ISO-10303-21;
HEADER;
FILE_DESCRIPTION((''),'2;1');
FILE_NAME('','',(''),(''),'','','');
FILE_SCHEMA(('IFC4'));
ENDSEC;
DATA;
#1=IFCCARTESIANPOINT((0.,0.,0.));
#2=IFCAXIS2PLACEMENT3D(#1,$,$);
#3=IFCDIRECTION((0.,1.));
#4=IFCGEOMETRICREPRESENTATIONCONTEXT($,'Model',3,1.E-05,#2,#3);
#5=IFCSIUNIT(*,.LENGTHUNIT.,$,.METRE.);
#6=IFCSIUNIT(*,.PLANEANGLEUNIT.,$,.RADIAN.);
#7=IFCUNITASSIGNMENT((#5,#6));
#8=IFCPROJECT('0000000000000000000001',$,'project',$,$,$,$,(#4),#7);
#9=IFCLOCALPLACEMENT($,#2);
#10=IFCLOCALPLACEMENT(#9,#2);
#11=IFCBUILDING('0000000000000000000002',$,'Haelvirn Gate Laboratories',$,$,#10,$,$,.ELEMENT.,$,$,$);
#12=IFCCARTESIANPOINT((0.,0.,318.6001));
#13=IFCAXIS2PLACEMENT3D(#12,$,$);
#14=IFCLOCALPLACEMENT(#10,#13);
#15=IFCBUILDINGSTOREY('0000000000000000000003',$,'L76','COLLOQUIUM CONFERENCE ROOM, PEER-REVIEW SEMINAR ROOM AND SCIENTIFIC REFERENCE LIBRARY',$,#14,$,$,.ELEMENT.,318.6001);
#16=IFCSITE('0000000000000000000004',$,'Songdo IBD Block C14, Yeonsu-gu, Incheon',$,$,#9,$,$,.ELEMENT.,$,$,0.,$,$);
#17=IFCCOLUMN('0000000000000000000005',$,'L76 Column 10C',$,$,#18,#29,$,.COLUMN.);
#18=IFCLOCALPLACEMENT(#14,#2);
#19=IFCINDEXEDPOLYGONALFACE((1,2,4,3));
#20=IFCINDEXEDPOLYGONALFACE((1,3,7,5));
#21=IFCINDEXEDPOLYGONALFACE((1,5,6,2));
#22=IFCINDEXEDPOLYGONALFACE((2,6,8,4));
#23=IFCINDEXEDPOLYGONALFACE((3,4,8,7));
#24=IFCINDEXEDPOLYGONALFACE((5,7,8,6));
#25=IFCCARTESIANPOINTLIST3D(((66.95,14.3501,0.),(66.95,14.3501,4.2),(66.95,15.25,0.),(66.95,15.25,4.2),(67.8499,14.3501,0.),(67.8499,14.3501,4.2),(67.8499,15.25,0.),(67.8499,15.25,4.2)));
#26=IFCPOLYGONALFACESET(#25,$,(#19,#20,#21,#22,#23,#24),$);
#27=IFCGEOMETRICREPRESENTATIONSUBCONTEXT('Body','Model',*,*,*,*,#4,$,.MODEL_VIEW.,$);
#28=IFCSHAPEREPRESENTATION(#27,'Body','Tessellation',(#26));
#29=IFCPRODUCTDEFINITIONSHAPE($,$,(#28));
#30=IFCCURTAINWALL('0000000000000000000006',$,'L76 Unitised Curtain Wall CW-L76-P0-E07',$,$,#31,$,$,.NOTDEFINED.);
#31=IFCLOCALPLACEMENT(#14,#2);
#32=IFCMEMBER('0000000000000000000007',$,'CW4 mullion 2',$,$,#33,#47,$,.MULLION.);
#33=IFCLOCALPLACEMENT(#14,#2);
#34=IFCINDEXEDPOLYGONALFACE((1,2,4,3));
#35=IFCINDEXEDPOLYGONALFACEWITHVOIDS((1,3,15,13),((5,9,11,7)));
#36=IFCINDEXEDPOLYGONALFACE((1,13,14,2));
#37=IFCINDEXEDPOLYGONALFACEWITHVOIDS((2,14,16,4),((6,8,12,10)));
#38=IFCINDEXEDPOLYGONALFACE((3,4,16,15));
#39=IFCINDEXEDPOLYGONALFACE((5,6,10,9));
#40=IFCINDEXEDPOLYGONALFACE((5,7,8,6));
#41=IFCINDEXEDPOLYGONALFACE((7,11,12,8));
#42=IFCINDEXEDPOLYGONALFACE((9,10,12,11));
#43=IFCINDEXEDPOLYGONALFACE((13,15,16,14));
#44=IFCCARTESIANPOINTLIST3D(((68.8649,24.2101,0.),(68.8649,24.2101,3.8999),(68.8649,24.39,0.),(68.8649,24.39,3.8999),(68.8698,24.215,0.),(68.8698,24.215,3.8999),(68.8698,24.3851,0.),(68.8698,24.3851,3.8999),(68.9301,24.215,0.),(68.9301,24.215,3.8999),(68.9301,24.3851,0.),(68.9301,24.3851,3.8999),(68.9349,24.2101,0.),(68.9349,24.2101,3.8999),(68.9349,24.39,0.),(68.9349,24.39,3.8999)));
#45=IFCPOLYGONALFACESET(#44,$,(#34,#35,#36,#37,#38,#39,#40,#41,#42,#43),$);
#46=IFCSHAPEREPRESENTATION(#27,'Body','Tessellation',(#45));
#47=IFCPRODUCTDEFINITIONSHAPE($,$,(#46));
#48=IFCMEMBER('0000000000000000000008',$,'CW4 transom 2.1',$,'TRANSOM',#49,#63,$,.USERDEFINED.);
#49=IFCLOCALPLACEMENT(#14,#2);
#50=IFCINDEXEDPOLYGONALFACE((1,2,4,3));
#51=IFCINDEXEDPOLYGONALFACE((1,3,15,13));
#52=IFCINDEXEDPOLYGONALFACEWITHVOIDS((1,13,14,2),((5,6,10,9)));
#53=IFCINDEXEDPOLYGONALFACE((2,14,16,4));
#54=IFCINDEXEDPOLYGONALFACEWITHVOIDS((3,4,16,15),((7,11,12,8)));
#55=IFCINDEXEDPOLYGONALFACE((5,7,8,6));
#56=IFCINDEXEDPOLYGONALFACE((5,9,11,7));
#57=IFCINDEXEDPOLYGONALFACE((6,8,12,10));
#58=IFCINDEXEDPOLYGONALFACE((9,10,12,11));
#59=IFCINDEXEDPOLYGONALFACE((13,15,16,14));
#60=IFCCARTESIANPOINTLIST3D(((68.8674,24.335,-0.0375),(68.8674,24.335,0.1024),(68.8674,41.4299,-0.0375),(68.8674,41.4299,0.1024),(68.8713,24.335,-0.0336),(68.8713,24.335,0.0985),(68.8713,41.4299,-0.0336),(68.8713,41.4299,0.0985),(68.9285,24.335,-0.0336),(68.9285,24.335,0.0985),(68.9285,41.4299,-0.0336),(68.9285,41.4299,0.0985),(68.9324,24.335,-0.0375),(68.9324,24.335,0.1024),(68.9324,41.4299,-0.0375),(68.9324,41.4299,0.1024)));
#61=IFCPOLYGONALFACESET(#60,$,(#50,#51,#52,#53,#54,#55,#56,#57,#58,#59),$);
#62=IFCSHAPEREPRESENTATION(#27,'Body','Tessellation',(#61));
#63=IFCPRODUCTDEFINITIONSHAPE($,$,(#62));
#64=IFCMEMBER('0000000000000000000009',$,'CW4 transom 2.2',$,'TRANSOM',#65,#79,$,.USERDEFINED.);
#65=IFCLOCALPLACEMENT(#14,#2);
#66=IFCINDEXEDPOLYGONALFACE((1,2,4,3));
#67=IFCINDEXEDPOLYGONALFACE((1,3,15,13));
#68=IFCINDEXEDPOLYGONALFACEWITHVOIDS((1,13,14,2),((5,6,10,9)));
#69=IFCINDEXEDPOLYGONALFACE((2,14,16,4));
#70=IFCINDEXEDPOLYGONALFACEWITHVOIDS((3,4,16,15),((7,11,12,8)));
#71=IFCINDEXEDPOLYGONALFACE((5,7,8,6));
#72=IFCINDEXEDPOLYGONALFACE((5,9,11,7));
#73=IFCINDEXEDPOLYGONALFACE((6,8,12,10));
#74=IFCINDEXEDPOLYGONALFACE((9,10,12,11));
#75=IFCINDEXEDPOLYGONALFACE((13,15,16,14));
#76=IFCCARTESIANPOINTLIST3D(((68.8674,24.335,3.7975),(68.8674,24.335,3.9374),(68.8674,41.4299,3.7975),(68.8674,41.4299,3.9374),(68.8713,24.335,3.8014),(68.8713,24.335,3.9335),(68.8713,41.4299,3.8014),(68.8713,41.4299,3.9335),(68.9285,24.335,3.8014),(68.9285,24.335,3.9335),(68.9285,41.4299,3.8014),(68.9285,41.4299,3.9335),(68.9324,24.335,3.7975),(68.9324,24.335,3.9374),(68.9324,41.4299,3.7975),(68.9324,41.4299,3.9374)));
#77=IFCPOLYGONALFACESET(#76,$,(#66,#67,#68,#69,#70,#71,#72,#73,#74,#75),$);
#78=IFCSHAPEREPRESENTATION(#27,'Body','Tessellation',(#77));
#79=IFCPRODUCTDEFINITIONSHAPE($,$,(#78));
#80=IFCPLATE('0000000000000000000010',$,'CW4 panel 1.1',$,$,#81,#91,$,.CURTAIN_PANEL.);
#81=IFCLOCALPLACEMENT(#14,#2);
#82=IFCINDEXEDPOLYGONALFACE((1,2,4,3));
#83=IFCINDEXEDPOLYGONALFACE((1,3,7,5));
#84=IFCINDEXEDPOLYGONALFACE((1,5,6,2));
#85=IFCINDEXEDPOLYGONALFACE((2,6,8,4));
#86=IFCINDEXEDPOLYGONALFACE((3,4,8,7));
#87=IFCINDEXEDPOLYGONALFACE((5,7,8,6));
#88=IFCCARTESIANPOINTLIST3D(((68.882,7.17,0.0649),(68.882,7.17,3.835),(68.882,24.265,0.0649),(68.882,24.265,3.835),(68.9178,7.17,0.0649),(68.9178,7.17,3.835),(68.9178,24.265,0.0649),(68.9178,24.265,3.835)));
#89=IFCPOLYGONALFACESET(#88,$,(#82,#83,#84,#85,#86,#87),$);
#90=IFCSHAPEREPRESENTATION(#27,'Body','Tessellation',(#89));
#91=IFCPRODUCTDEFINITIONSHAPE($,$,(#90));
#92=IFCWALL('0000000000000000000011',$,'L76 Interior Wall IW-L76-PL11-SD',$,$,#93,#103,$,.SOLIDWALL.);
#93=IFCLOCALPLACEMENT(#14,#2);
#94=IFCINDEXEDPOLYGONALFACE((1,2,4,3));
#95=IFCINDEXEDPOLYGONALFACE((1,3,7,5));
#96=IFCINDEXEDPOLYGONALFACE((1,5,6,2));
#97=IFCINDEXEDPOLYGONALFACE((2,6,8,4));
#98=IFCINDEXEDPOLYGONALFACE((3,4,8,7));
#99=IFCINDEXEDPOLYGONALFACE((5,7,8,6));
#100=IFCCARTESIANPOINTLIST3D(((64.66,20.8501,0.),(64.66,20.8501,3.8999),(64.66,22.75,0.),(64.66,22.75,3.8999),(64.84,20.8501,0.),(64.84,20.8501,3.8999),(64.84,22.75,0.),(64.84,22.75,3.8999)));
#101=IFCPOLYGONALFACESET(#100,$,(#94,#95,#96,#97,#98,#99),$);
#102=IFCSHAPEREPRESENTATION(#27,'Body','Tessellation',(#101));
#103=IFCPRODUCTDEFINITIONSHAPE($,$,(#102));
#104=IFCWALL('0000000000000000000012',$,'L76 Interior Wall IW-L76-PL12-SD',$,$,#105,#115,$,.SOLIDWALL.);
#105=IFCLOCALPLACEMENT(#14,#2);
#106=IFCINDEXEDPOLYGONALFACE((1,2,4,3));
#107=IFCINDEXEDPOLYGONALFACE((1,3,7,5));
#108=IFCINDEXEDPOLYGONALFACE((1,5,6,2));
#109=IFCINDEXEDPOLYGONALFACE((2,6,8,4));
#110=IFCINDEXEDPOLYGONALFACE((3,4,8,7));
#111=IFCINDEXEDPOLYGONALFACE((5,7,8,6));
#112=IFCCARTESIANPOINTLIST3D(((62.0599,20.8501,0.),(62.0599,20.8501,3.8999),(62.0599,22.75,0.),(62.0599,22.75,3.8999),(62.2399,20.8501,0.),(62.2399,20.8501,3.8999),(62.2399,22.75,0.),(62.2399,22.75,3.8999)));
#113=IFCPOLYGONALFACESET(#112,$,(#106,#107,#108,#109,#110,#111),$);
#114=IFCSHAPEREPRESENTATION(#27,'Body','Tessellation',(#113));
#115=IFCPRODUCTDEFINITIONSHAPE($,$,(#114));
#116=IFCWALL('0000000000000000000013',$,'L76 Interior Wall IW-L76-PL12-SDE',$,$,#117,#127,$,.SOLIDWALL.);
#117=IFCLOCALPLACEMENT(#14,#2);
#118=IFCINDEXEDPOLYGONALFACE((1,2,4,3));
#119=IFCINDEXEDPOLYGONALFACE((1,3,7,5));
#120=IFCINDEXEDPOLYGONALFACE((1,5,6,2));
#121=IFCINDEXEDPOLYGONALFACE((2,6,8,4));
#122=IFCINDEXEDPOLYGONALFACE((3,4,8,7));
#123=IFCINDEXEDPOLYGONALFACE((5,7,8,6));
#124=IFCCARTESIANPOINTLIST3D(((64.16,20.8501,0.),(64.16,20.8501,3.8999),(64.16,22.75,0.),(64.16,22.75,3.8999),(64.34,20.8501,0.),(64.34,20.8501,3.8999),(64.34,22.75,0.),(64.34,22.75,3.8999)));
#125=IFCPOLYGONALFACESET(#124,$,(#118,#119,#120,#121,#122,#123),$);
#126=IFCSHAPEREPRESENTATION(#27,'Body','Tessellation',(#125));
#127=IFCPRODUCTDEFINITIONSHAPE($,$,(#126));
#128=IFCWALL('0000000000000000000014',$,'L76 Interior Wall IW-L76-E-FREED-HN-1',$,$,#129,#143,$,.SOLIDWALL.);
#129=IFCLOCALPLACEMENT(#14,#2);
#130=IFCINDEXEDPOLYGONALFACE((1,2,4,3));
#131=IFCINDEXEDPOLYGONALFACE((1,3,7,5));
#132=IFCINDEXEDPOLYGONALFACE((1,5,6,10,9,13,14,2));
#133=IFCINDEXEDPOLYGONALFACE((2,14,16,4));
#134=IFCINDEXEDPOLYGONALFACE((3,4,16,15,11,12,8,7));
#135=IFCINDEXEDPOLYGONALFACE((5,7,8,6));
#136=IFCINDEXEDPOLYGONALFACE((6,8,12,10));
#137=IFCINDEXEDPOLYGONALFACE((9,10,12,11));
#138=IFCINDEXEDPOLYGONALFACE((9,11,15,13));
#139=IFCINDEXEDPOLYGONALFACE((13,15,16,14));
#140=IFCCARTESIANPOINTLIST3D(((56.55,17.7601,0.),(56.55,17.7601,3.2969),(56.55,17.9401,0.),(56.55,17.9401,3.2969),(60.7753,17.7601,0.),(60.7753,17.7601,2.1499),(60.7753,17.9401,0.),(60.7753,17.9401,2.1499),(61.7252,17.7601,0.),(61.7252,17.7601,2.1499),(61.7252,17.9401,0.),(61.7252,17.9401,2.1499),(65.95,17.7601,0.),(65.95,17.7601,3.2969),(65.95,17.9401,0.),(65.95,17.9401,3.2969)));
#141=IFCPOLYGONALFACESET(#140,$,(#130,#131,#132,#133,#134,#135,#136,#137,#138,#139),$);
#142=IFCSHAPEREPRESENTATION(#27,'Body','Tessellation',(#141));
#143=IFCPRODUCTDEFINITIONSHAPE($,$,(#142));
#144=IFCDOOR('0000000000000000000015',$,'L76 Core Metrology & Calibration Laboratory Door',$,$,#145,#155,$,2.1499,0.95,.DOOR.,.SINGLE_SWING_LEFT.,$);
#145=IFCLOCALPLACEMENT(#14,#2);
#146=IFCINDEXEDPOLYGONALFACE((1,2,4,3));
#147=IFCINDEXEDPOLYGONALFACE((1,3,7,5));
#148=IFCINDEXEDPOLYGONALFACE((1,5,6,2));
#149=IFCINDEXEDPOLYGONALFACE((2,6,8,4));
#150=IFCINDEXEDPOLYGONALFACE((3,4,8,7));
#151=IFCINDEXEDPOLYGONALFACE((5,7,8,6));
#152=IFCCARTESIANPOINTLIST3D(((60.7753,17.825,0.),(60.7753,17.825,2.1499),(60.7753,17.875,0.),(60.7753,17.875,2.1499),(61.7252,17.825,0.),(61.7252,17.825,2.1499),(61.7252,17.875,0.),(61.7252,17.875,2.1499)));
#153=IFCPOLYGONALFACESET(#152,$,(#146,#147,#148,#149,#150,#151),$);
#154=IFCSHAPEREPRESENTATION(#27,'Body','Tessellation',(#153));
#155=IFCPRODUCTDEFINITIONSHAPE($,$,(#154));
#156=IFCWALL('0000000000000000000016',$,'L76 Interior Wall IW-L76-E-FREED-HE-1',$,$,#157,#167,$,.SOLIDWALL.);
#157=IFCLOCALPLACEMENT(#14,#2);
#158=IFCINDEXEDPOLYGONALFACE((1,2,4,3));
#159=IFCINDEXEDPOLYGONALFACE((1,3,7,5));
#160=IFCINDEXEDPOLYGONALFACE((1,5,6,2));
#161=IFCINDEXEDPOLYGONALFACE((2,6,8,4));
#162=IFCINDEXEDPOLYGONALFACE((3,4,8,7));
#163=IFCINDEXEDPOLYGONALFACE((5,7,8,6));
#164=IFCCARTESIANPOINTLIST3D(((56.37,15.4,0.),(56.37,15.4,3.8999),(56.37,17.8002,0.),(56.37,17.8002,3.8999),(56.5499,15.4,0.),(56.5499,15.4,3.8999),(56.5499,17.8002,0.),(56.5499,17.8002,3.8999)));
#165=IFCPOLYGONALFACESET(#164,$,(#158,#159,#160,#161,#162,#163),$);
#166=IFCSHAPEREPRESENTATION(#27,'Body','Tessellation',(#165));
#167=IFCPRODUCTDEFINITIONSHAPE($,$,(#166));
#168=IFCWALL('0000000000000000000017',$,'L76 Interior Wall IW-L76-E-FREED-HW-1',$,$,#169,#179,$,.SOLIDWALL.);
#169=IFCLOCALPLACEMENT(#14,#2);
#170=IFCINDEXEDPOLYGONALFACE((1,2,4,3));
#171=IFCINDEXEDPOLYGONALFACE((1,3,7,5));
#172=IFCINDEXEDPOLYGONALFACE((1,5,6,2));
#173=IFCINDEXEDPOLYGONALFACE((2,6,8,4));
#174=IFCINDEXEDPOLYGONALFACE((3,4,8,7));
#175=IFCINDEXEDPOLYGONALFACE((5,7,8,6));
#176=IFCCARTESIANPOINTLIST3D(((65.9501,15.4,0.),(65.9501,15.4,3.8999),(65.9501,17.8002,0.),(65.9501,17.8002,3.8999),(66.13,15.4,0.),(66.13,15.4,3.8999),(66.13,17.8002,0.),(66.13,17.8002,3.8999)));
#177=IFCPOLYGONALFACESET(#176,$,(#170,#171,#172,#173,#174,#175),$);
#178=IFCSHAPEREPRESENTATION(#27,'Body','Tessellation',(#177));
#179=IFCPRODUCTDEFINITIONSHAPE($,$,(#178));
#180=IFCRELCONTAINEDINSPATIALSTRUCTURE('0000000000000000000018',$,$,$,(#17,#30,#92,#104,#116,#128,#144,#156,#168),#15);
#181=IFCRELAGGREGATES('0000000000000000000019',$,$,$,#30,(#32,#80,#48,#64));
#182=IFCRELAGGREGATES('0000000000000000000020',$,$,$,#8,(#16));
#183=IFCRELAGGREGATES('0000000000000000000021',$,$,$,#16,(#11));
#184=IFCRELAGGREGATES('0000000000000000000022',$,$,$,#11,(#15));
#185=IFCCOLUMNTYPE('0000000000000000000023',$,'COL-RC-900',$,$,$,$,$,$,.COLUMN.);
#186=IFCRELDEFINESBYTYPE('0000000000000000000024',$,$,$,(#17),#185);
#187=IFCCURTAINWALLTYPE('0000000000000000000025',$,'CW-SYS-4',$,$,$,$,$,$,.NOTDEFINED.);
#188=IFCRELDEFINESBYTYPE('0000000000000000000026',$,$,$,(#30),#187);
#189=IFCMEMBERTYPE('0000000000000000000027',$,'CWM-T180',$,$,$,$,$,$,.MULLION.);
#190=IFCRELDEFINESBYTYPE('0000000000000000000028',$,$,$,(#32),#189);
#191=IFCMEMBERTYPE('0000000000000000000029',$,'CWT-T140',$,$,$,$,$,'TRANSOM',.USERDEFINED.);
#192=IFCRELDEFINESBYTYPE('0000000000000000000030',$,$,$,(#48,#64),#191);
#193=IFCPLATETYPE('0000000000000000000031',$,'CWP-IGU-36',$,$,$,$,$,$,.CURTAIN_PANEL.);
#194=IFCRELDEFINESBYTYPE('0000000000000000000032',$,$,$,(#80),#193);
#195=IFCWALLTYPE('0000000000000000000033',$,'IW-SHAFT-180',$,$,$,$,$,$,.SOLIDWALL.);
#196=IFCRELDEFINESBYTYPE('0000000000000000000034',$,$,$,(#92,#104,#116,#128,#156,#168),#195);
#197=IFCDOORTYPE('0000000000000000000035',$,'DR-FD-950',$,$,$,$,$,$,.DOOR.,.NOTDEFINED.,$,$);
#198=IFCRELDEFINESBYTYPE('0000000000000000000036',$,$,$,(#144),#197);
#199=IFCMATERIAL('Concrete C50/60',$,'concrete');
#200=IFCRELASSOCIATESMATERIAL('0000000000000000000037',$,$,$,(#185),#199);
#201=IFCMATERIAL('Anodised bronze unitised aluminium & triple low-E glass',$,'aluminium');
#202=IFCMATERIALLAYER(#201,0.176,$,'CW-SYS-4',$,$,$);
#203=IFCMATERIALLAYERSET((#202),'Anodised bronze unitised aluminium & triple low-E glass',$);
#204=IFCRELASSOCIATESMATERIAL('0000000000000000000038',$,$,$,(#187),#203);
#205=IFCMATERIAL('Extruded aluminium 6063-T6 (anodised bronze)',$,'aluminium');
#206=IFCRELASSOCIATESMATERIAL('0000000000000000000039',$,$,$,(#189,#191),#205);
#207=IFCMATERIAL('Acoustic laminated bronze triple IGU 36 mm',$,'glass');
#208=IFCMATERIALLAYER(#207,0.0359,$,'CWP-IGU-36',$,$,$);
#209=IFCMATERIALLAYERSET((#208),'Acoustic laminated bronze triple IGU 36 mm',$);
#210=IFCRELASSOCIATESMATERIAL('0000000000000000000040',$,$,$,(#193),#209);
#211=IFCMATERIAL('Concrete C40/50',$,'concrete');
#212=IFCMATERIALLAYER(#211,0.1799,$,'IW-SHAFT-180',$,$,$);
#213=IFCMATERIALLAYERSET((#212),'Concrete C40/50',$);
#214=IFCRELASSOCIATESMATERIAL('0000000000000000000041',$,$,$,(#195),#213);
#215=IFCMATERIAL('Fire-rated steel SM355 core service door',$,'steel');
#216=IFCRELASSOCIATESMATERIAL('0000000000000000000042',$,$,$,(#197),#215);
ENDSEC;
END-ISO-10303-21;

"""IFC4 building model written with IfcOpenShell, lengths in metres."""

from ifc_helpers import new_model, si_unit, direction, frame, frame_2d, origin, origin_2d, place, context, subcontext, project, spatial, rectangle, hollow_rectangle, extrude, source, transform, mapped, material, layer, layer_set, material_profile, profile_set, type_object, type_shapes, element, fill, aggregate, save


model = new_model("IFC4")

# Units and contexts
model_context = context("Model", 3, precision=1e-05, world=origin(), true_north=direction((0.0, 1.0)))
body_context = subcontext(model_context, "Body", "Model", "MODEL_VIEW")
ifc_project = project(units=[si_unit("LENGTHUNIT", "METRE"), si_unit("PLANEANGLEUNIT", "RADIAN")], contexts=[model_context])

# Site, building, storey
site_placement = place(None, origin())
site = spatial("IfcSite", under=ifc_project, at=site_placement, Name="Songdo IBD Block C14, Yeonsu-gu, Incheon", CompositionType="ELEMENT", RefElevation=0.0)
building_placement = place(site_placement, origin())
building = spatial("IfcBuilding", under=site, at=building_placement, Name="Haelvirn Gate Laboratories", CompositionType="ELEMENT")
storey_placement = place(building_placement, frame((0.0, 0.0, 318.6001)))
storey = spatial("IfcBuildingStorey", under=building, at=storey_placement, Name="L76", Description="COLLOQUIUM CONFERENCE ROOM, PEER-REVIEW SEMINAR ROOM AND SCIENTIFIC REFERENCE LIBRARY", CompositionType="ELEMENT", Elevation=318.6001)

# Column
ifc_material_1 = material(Name="Concrete C50/60", Category="concrete")
ifc_material_profile_1 = material_profile(ifc_material_1, rectangle(XDim=0.8999, YDim=0.8999, at=origin_2d()), Name="RC-900x900")
ifc_profile_set_1 = profile_set([ifc_material_profile_1], Name="Concrete C50/60")
column_type = type_object("IfcColumnType", Name="COL-RC-900", PredefinedType="COLUMN", material=ifc_profile_set_1)
shared_shape_1 = source(origin(), body_context, "Body", "SweptSolid", [
    extrude(rectangle(XDim=0.8999, YDim=0.8999, at=origin_2d()), origin(), (0.0, 0.0, 1.0), 4.2),
])
type_shapes(column_type, [shared_shape_1])
column_placement = place(storey_placement, frame((67.3999, 14.8, 0.0), z_axis=(0.0, 0.0, 1.0), x_axis=(1.0, 0.0, 0.0)))
element("IfcColumn", 1, at=column_placement, inside=storey, type_object=column_type, Name="L76 Column 10C", PredefinedType="COLUMN", context=body_context, shape_type="MappedRepresentation", body=[
    mapped(shared_shape_1, transform((0.0, 0.0, 0.0), scale=1.0)),
])

# Curtain wall, members, plate
ifc_material_2 = material(Name="Anodised bronze unitised aluminium & triple low-E glass", Category="aluminium")
ifc_layer_1 = layer(ifc_material_2, 0.176, Name="CW-SYS-4")
ifc_layer_set_1 = layer_set([ifc_layer_1], Name="Anodised bronze unitised aluminium & triple low-E glass")
curtain_wall_type = type_object("IfcCurtainWallType", Name="CW-SYS-4", PredefinedType="NOTDEFINED", material=ifc_layer_set_1)
curtain_wall_placement = place(storey_placement, origin())
curtain_wall = element("IfcCurtainWall", 2, at=curtain_wall_placement, inside=storey, type_object=curtain_wall_type, Name="L76 Unitised Curtain Wall CW-L76-P0-E07", PredefinedType="NOTDEFINED")
ifc_material_3 = material(Name="Extruded aluminium 6063-T6 (anodised bronze)", Category="aluminium")
ifc_material_profile_2 = material_profile(ifc_material_3, hollow_rectangle(XDim=0.0701, YDim=0.1799, WallThickness=0.0049, at=origin_2d()), Name="CWM-180x70x5")
ifc_profile_set_2 = profile_set([ifc_material_profile_2], Name="Extruded aluminium 6063-T6 (anodised bronze)")
member_type_1 = type_object("IfcMemberType", Name="CWM-T180", PredefinedType="MULLION", material=ifc_profile_set_2)
shared_shape_2 = source(origin(), body_context, "Body", "SweptSolid", [
    extrude(hollow_rectangle(XDim=0.0701, YDim=0.1799, WallThickness=0.0049, at=origin_2d()), origin(), (0.0, 0.0, 1.0), 3.8999),
])
type_shapes(member_type_1, [shared_shape_2])
member_1_placement = place(storey_placement, frame((68.8999, 24.3, 0.0), z_axis=(0.0, 0.0, 1.0), x_axis=(-1.0, 0.0, 0.0)))
member_1 = element("IfcMember", 3, at=member_1_placement, type_object=member_type_1, Name="CW4 mullion 2", PredefinedType="MULLION", context=body_context, shape_type="MappedRepresentation", body=[
    mapped(shared_shape_2, transform((0.0, 0.0, 0.0), scale=1.0)),
])
ifc_material_profile_3 = material_profile(ifc_material_3, hollow_rectangle(XDim=0.0649, YDim=0.1399, WallThickness=0.0039, at=origin_2d()), Name="CWT-140x65x4")
ifc_profile_set_3 = profile_set([ifc_material_profile_3], Name="Extruded aluminium 6063-T6 (anodised bronze)")
member_type_2 = type_object("IfcMemberType", Name="CWT-T140", ElementType="TRANSOM", PredefinedType="USERDEFINED", material=ifc_profile_set_3)
shared_shape_3 = source(origin(), body_context, "Body", "SweptSolid", [
    extrude(hollow_rectangle(XDim=0.0649, YDim=0.1399, WallThickness=0.0039, at=origin_2d()), origin(), (0.0, 0.0, 1.0), 17.095),
])
type_shapes(member_type_2, [shared_shape_3])
member_2_placement = place(storey_placement, frame((68.8999, 24.335, 0.0325), z_axis=(0.0, 1.0, 0.0), x_axis=(-1.0, 0.0, 0.0)))
member_2 = element("IfcMember", 4, at=member_2_placement, type_object=member_type_2, Name="CW4 transom 2.1", ObjectType="TRANSOM", PredefinedType="USERDEFINED", context=body_context, shape_type="MappedRepresentation", body=[
    mapped(shared_shape_3, transform((0.0, 0.0, 0.0), scale=1.0)),
])
member_3_placement = place(storey_placement, frame((68.8999, 24.335, 3.8674), z_axis=(0.0, 1.0, 0.0), x_axis=(-1.0, 0.0, 0.0)))
member_3 = element("IfcMember", 5, at=member_3_placement, type_object=member_type_2, Name="CW4 transom 2.2", ObjectType="TRANSOM", PredefinedType="USERDEFINED", context=body_context, shape_type="MappedRepresentation", body=[
    mapped(shared_shape_3, transform((0.0, 0.0, 0.0), scale=1.0)),
])
ifc_material_4 = material(Name="Acoustic laminated bronze triple IGU 36 mm", Category="glass")
ifc_layer_2 = layer(ifc_material_4, 0.0359, Name="CWP-IGU-36")
ifc_layer_set_2 = layer_set([ifc_layer_2], Name="Acoustic laminated bronze triple IGU 36 mm")
plate_type = type_object("IfcPlateType", Name="CWP-IGU-36", PredefinedType="CURTAIN_PANEL", material=ifc_layer_set_2)
shared_shape_4 = source(origin(), body_context, "Body", "SweptSolid", [
    extrude(rectangle(XDim=17.095, YDim=0.0359, at=origin_2d()), origin(), (0.0, 0.0, 1.0), 3.77),
])
type_shapes(plate_type, [shared_shape_4])
plate_placement = place(storey_placement, frame((68.8999, 15.7175, 0.0649), z_axis=(0.0, 0.0, 1.0), x_axis=(0.0, 1.0, 0.0)))
plate = element("IfcPlate", 6, at=plate_placement, type_object=plate_type, Name="CW4 panel 1.1", PredefinedType="CURTAIN_PANEL", context=body_context, shape_type="MappedRepresentation", body=[
    mapped(shared_shape_4, transform((0.0, 0.0, 0.0), scale=1.0)),
])
aggregate(curtain_wall, [member_1, plate, member_2, member_3])

# Walls
ifc_material_5 = material(Name="Concrete C40/50", Category="concrete")
ifc_layer_3 = layer(ifc_material_5, 0.1799, Name="IW-SHAFT-180")
ifc_layer_set_3 = layer_set([ifc_layer_3], Name="Concrete C40/50")
wall_type_1 = type_object("IfcWallType", Name="IW-SHAFT-180", PredefinedType="SOLIDWALL", material=ifc_layer_set_3)
for number, where, z_axis, x_axis, name in (
    (7, (64.75, 20.8501, 0.0), (0.0, 0.0, 1.0), (0.0, 1.0, 0.0), "L76 Interior Wall IW-L76-PL11-SD"),
    (8, (62.1499, 20.8501, 0.0), (0.0, 0.0, 1.0), (0.0, 1.0, 0.0), "L76 Interior Wall IW-L76-PL12-SD"),
    (9, (64.25, 20.8501, 0.0), (0.0, 0.0, 1.0), (0.0, 1.0, 0.0), "L76 Interior Wall IW-L76-PL12-SDE"),
):
    element("IfcWall", number, at=place(storey_placement, frame(where, z_axis=z_axis, x_axis=x_axis)), inside=storey, type_object=wall_type_1, Name=name, PredefinedType="SOLIDWALL", context=body_context, shape_type="SweptSolid", body=[
        extrude(rectangle(XDim=1.8999, YDim=0.1799, at=frame_2d((0.95, 0.0))), origin(), (0.0, 0.0, 1.0), 3.8999),
    ])

# Wall, opening, door
wall_1_placement = place(storey_placement, frame((56.55, 17.8501, 0.0), z_axis=(0.0, 0.0, 1.0), x_axis=(1.0, 0.0, 0.0)))
wall_1 = element("IfcWall", 10, at=wall_1_placement, inside=storey, type_object=wall_type_1, Name="L76 Interior Wall IW-L76-E-FREED-HN-1", PredefinedType="SOLIDWALL", context=body_context, shape_type="SweptSolid", body=[
    extrude(rectangle(XDim=9.3999, YDim=0.1799, at=frame_2d((4.7, 0.0))), origin(), (0.0, 0.0, 1.0), 3.2969),
])
opening_1_placement = place(wall_1_placement, frame((4.2251, 0.0, 0.0)))
opening_1 = element("IfcOpeningElement", 11, at=opening_1_placement, cuts=wall_1, PredefinedType="OPENING", context=body_context, shape_type="SweptSolid", body=[
    extrude(rectangle(XDim=0.95, YDim=2.1499, at=frame_2d((0.4751, 1.075))), frame((0.0, 0.1001, 0.0), z_axis=(0.0, -1.0, 0.0), x_axis=(1.0, 0.0, 0.0)), (0.0, 0.0, 1.0), 0.2),
])
ifc_material_6 = material(Name="Fire-rated steel SM355 core service door", Category="steel")
door_type_1 = type_object("IfcDoorType", Name="DR-FD-950", OperationType="NOTDEFINED", PredefinedType="DOOR", material=ifc_material_6)
shared_shape_5 = source(origin(), body_context, "Body", "SweptSolid", [
    extrude(rectangle(XDim=0.95, YDim=2.1499, at=frame_2d((0.4751, 1.075))), frame((0.0, 0.0249, 0.0), z_axis=(0.0, -1.0, 0.0), x_axis=(1.0, 0.0, 0.0)), (0.0, 0.0, 1.0), 0.05),
])
type_shapes(door_type_1, [shared_shape_5])
door_1_placement = place(opening_1_placement, origin())
door_1 = element("IfcDoor", 12, at=door_1_placement, inside=storey, type_object=door_type_1, Name="L76 Core Metrology & Calibration Laboratory Door", OperationType="SINGLE_SWING_LEFT", OverallHeight=2.1499, OverallWidth=0.95, PredefinedType="DOOR", context=body_context, shape_type="MappedRepresentation", body=[
    mapped(shared_shape_5, transform((0.0, 0.0, 0.0), scale=1.0)),
])
fill(opening_1, door_1)

# Walls
for number, where, z_axis, x_axis, name in (
    (13, (56.46, 15.3999, 0.0), (0.0, 0.0, 1.0), (0.0, 1.0, 0.0), "L76 Interior Wall IW-L76-E-FREED-HE-1"),
    (14, (66.04, 15.3999, 0.0), (0.0, 0.0, 1.0), (0.0, 1.0, 0.0), "L76 Interior Wall IW-L76-E-FREED-HW-1"),
):
    element("IfcWall", number, at=place(storey_placement, frame(where, z_axis=z_axis, x_axis=x_axis)), inside=storey, type_object=wall_type_1, Name=name, PredefinedType="SOLIDWALL", context=body_context, shape_type="SweptSolid", body=[
        extrude(rectangle(XDim=2.4001, YDim=0.1799, at=frame_2d((1.2002, 0.0))), origin(), (0.0, 0.0, 1.0), 3.8999),
    ])

save(model, "model.ifc")
